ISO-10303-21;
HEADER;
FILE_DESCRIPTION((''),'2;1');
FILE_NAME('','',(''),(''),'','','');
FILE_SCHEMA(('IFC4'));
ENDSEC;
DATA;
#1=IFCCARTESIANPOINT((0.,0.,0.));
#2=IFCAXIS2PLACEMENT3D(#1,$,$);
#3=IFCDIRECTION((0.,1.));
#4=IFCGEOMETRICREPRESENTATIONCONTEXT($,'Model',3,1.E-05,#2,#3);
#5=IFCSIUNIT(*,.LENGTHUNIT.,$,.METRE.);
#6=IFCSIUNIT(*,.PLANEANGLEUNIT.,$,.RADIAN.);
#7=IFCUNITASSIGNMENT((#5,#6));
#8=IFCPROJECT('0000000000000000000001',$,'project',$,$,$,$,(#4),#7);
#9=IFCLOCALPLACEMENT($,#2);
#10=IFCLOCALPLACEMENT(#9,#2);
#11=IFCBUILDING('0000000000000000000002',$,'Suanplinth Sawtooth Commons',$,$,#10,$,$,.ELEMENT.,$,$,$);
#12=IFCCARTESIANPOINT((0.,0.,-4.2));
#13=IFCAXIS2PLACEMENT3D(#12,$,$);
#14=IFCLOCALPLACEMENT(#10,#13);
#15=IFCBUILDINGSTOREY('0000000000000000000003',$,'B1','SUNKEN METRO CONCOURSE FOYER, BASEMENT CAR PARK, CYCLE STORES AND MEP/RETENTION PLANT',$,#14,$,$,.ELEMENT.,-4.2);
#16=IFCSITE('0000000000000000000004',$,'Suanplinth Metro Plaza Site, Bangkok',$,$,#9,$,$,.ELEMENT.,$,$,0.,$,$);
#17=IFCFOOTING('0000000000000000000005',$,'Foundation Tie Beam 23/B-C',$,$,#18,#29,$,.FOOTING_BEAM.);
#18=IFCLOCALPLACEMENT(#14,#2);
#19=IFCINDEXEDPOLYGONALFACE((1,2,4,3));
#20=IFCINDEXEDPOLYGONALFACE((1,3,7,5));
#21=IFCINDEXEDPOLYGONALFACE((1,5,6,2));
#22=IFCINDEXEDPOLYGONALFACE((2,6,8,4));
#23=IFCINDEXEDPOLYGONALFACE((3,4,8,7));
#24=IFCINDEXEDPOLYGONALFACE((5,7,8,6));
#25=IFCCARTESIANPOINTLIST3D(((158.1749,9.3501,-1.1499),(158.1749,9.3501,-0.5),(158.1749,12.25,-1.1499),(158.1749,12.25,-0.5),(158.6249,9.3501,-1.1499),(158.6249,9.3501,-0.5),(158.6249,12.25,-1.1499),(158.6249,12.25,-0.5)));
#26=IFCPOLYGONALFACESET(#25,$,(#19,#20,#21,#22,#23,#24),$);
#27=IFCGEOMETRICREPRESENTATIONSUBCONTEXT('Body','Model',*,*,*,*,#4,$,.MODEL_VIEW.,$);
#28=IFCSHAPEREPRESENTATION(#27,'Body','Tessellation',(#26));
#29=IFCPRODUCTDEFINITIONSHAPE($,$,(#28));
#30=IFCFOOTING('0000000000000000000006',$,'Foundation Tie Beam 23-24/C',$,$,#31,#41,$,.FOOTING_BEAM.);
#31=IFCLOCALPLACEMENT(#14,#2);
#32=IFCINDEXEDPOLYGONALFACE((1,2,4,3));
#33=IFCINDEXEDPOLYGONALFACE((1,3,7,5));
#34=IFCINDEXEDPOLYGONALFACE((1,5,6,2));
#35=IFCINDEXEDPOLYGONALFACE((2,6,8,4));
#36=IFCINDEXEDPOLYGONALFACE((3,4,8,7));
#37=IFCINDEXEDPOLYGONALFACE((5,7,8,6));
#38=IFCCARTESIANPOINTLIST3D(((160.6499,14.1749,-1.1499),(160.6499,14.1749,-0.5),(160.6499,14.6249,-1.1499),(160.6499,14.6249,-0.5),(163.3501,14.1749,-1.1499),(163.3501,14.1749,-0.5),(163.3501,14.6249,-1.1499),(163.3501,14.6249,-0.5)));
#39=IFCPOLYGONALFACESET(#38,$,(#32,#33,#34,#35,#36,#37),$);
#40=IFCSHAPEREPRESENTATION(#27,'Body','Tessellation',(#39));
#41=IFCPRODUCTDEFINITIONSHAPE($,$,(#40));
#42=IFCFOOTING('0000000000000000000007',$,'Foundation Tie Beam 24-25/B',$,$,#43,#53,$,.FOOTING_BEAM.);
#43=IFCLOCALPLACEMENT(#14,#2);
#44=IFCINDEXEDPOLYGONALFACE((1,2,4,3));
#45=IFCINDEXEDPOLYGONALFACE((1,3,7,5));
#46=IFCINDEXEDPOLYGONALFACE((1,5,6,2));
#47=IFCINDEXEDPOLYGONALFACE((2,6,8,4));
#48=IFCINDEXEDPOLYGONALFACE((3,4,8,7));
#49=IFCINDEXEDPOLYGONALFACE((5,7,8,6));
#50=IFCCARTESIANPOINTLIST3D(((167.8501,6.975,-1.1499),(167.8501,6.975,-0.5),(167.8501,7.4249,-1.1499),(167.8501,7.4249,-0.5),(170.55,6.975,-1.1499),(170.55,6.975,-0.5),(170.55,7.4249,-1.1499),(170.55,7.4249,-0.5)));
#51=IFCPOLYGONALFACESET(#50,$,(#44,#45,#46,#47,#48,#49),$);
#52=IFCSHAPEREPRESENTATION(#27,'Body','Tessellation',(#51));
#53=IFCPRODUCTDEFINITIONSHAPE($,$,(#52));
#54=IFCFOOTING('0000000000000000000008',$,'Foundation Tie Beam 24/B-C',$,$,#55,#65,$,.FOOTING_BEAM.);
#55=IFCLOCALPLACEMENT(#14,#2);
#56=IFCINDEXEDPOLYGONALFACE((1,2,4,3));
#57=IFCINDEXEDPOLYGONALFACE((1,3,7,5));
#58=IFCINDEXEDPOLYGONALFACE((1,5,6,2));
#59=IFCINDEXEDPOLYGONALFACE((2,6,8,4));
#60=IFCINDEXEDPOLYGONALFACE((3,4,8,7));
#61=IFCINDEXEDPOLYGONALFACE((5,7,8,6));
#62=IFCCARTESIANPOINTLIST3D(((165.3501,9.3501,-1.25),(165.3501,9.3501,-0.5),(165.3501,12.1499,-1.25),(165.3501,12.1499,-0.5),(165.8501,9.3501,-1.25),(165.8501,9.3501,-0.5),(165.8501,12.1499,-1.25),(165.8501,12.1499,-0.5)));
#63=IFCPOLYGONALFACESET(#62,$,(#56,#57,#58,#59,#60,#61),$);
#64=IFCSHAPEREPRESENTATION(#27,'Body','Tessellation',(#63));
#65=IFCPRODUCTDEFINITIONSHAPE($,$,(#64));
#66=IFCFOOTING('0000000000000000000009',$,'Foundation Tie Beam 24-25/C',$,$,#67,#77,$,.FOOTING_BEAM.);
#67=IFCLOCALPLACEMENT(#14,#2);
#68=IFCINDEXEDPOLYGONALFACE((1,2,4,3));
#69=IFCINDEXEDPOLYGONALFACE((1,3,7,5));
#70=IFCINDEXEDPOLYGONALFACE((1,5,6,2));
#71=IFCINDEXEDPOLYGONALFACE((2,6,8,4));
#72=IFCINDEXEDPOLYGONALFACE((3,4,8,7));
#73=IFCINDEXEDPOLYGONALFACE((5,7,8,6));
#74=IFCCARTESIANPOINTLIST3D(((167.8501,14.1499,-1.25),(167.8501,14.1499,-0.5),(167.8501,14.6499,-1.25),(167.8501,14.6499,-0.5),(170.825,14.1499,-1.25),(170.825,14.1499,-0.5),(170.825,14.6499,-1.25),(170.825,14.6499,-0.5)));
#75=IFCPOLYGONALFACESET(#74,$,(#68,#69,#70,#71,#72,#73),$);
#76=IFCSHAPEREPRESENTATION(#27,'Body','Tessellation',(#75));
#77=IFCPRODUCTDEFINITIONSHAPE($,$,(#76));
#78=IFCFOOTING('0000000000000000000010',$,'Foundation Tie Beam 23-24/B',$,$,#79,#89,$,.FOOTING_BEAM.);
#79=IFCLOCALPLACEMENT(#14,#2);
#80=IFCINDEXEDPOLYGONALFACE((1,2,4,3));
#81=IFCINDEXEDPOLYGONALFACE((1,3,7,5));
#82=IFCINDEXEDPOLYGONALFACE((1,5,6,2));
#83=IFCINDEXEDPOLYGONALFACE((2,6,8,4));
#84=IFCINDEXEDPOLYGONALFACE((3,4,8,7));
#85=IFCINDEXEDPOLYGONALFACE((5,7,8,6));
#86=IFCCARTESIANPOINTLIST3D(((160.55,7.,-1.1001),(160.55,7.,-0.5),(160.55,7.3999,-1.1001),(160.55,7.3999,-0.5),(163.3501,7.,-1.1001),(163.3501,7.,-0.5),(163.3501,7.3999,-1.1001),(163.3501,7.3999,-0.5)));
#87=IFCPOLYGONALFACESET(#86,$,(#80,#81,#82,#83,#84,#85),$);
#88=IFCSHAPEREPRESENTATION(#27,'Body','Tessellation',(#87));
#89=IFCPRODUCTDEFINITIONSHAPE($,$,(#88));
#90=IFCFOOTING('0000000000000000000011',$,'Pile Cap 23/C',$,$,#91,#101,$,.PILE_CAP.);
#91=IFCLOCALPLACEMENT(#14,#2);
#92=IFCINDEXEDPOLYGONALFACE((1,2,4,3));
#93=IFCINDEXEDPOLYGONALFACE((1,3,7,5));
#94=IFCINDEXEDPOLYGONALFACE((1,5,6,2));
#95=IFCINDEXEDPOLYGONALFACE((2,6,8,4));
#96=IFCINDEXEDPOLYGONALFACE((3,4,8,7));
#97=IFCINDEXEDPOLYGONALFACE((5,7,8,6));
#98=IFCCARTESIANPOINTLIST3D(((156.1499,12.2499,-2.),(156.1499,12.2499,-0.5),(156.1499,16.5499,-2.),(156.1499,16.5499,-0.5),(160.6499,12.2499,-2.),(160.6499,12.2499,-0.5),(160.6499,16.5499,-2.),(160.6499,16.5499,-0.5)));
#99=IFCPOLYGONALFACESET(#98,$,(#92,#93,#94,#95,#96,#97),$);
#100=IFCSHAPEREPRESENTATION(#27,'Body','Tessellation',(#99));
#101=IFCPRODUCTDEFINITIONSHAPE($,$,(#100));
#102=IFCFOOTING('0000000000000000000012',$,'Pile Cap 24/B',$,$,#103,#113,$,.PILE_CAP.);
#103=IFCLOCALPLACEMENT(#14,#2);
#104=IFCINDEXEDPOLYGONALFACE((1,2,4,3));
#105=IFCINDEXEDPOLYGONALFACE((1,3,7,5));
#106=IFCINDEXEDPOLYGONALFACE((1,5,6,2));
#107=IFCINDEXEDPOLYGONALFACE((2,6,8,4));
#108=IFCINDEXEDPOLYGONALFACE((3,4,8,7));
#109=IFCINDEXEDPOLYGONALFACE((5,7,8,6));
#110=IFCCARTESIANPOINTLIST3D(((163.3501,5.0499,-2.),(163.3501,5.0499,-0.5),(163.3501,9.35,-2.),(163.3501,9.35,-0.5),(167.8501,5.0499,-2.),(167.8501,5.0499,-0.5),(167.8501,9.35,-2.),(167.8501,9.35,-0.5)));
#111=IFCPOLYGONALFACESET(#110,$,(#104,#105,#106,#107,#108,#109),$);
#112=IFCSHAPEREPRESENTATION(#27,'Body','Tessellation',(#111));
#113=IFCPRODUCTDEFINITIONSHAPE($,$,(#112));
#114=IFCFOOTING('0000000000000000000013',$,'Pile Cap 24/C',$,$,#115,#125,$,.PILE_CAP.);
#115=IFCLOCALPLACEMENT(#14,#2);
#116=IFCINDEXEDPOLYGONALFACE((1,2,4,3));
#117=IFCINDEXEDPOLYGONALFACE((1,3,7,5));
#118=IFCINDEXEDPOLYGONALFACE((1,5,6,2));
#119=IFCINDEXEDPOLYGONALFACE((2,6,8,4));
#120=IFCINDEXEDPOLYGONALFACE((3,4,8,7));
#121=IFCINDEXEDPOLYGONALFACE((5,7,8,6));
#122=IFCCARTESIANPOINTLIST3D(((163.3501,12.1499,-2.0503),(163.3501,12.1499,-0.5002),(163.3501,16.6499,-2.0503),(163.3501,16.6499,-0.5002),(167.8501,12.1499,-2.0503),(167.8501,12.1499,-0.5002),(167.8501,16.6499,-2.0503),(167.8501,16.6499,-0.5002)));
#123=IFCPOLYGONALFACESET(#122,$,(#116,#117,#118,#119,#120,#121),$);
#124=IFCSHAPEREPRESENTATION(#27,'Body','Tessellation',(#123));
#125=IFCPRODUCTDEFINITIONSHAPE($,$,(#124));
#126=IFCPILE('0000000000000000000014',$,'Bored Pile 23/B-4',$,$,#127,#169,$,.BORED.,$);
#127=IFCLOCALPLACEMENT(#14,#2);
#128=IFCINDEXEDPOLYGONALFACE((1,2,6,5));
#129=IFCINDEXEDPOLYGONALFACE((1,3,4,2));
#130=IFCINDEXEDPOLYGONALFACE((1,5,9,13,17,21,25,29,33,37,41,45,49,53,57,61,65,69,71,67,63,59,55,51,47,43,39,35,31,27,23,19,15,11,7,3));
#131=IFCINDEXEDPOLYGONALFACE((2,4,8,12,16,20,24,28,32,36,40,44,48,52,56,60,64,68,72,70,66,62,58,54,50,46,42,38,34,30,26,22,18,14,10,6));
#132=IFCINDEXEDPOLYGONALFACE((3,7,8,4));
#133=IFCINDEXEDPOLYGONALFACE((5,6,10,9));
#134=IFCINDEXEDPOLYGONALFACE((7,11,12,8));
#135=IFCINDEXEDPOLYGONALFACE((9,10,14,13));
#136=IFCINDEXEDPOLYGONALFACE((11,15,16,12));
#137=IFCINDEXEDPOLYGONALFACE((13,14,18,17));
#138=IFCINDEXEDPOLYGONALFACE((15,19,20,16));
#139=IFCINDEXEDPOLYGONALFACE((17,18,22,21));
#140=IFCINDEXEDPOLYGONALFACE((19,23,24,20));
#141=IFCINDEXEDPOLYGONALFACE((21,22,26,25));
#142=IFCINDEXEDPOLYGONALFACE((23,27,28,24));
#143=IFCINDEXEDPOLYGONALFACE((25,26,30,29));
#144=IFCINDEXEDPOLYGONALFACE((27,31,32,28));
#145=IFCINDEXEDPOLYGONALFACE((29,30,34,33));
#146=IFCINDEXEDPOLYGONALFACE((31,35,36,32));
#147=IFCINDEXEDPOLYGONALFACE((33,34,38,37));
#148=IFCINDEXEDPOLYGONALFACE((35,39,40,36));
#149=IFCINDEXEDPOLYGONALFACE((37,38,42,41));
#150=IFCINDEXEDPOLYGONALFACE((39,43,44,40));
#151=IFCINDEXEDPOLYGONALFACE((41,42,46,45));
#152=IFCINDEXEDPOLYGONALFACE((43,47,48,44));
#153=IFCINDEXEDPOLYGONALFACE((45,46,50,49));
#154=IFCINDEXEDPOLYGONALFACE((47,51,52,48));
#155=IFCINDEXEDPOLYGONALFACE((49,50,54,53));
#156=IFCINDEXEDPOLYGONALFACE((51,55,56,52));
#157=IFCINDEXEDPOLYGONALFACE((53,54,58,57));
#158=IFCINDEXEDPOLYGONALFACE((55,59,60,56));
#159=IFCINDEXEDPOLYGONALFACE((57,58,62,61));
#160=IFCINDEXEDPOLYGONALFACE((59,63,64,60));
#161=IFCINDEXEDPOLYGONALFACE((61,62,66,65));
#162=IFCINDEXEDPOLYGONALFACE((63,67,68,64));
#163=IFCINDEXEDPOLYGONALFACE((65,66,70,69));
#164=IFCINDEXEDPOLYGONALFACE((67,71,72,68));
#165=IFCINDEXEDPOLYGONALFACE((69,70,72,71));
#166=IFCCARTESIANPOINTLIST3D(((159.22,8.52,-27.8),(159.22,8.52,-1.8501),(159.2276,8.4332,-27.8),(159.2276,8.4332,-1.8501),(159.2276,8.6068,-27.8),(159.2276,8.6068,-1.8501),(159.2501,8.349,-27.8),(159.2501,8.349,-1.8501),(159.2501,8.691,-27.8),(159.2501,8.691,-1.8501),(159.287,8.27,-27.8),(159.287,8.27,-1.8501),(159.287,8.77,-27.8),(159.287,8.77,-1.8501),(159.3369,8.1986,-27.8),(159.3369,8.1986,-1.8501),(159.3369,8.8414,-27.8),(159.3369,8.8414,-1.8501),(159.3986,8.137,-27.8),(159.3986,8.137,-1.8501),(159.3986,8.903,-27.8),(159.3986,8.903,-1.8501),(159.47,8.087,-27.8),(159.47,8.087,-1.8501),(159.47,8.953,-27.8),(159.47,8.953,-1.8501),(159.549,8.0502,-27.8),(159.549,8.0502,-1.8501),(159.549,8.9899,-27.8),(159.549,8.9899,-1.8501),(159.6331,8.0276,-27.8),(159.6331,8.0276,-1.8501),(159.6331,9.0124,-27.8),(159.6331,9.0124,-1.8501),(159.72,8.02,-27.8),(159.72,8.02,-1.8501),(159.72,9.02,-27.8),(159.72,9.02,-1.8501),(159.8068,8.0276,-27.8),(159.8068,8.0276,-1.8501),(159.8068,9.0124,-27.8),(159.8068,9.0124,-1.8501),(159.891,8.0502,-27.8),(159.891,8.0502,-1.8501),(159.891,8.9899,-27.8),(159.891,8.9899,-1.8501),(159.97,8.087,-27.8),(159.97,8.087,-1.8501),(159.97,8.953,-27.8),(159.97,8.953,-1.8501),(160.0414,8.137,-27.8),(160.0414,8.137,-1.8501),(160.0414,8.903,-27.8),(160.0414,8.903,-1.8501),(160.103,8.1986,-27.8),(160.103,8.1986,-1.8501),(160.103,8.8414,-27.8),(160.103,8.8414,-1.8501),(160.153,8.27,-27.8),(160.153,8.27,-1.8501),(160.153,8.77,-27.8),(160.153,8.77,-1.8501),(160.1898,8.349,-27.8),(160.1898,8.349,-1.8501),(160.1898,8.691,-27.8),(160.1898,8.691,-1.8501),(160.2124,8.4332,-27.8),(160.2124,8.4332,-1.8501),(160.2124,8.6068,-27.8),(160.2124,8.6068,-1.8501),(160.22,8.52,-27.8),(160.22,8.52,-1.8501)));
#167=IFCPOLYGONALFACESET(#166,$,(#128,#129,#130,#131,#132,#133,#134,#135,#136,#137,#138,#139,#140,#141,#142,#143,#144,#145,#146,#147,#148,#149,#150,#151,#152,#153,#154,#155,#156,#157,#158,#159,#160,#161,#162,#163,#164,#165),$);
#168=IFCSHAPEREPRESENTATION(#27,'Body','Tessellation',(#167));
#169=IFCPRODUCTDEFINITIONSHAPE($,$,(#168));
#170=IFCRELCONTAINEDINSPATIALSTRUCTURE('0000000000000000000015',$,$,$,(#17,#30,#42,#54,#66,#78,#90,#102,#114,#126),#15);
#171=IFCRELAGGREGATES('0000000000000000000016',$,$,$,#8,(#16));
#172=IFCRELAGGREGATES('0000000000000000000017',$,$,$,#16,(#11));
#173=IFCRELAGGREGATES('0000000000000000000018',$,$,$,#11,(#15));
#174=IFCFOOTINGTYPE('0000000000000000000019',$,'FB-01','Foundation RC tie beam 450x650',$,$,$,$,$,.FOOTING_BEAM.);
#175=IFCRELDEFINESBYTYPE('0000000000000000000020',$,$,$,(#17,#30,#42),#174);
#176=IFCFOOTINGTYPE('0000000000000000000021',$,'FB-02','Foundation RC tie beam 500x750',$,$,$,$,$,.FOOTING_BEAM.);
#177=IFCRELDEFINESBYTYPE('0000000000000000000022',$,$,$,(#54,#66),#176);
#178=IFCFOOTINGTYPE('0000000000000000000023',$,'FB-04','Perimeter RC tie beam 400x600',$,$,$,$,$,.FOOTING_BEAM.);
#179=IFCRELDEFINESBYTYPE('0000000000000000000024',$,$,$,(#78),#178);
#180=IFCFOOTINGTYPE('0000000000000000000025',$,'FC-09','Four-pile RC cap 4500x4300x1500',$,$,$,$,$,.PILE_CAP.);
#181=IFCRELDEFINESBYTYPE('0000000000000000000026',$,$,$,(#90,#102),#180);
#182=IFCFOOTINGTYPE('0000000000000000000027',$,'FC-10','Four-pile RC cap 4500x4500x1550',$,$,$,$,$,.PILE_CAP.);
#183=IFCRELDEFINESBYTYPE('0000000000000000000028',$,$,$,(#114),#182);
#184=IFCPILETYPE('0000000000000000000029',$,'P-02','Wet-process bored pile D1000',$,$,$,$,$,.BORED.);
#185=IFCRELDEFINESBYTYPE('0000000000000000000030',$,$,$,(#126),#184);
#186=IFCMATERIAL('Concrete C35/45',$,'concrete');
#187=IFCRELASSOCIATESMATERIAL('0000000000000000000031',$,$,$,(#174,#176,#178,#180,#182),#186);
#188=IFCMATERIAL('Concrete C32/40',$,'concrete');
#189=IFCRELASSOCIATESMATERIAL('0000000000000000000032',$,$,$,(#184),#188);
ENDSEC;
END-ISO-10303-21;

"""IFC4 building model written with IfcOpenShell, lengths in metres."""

from ifc_helpers import new_model, si_unit, direction, frame, origin, origin_2d, place, context, subcontext, project, spatial, rectangle, circle, extrude, material, material_profile, profile_set, type_object, element, save


model = new_model("IFC4")

# Units and contexts
model_context = context("Model", 3, precision=1e-05, world=origin(), true_north=direction((0.0, 1.0)))
body_context = subcontext(model_context, "Body", "Model", "MODEL_VIEW")
ifc_project = project(units=[si_unit("LENGTHUNIT", "METRE"), si_unit("PLANEANGLEUNIT", "RADIAN")], contexts=[model_context])

# Site, building, storey
site_placement = place(None, origin())
site = spatial("IfcSite", under=ifc_project, at=site_placement, Name="Suanplinth Metro Plaza Site, Bangkok", CompositionType="ELEMENT", RefElevation=0.0)
building_placement = place(site_placement, origin())
building = spatial("IfcBuilding", under=site, at=building_placement, Name="Suanplinth Sawtooth Commons", CompositionType="ELEMENT")
storey_placement = place(building_placement, frame((0.0, 0.0, -4.2)))
storey = spatial("IfcBuildingStorey", under=building, at=storey_placement, Name="B1", Description="SUNKEN METRO CONCOURSE FOYER, BASEMENT CAR PARK, CYCLE STORES AND MEP/RETENTION PLANT", CompositionType="ELEMENT", Elevation=-4.2)

# Footings
ifc_material_1 = material(Name="Concrete C35/45", Category="concrete")
ifc_material_profile_1 = material_profile(ifc_material_1, rectangle(XDim=0.45, YDim=0.6499, at=origin_2d()), Name="PC-GDR 450x650")
ifc_profile_set_1 = profile_set([ifc_material_profile_1], Name="Concrete C35/45")
footing_type_1 = type_object("IfcFootingType", Name="FB-01", Description="Foundation RC tie beam 450x650", PredefinedType="FOOTING_BEAM", material=ifc_profile_set_1)
footing_1_placement = place(storey_placement, frame((158.3999, 9.3501, -0.825), z_axis=(0.0, 1.0, 0.0), x_axis=(-1.0, 0.0, 0.0)))
element("IfcFooting", 1, at=footing_1_placement, inside=storey, type_object=footing_type_1, Name="Foundation Tie Beam 23/B-C", PredefinedType="FOOTING_BEAM", context=body_context, shape_type="SweptSolid", body=[
    extrude(rectangle(XDim=0.45, YDim=0.6499, at=origin_2d()), origin(), (0.0, 0.0, 1.0), 2.8999),
])
footing_2_placement = place(storey_placement, frame((160.6499, 14.3999, -0.825), z_axis=(1.0, 0.0, 0.0), x_axis=(0.0, 1.0, 0.0)))
element("IfcFooting", 2, at=footing_2_placement, inside=storey, type_object=footing_type_1, Name="Foundation Tie Beam 23-24/C", PredefinedType="FOOTING_BEAM", context=body_context, shape_type="SweptSolid", body=[
    extrude(rectangle(XDim=0.45, YDim=0.6499, at=origin_2d()), origin(), (0.0, 0.0, 1.0), 2.7002),
])
footing_3_placement = place(storey_placement, frame((167.8501, 7.2, -0.825), z_axis=(1.0, 0.0, 0.0), x_axis=(0.0, 1.0, 0.0)))
element("IfcFooting", 3, at=footing_3_placement, inside=storey, type_object=footing_type_1, Name="Foundation Tie Beam 24-25/B", PredefinedType="FOOTING_BEAM", context=body_context, shape_type="SweptSolid", body=[
    extrude(rectangle(XDim=0.45, YDim=0.6499, at=origin_2d()), origin(), (0.0, 0.0, 1.0), 2.7),
])
ifc_material_profile_2 = material_profile(ifc_material_1, rectangle(XDim=0.5, YDim=0.75, at=origin_2d()), Name="RC-GDR 500x750")
ifc_profile_set_2 = profile_set([ifc_material_profile_2], Name="Concrete C35/45")
footing_type_2 = type_object("IfcFootingType", Name="FB-02", Description="Foundation RC tie beam 500x750", PredefinedType="FOOTING_BEAM", material=ifc_profile_set_2)
footing_4_placement = place(storey_placement, frame((165.6001, 9.3501, -0.875), z_axis=(0.0, 1.0, 0.0), x_axis=(-1.0, 0.0, 0.0)))
element("IfcFooting", 4, at=footing_4_placement, inside=storey, type_object=footing_type_2, Name="Foundation Tie Beam 24/B-C", PredefinedType="FOOTING_BEAM", context=body_context, shape_type="SweptSolid", body=[
    extrude(rectangle(XDim=0.5, YDim=0.75, at=origin_2d()), origin(), (0.0, 0.0, 1.0), 2.7998),
])
footing_5_placement = place(storey_placement, frame((167.8501, 14.3999, -0.875), z_axis=(1.0, 0.0, 0.0), x_axis=(0.0, 1.0, 0.0)))
element("IfcFooting", 5, at=footing_5_placement, inside=storey, type_object=footing_type_2, Name="Foundation Tie Beam 24-25/C", PredefinedType="FOOTING_BEAM", context=body_context, shape_type="SweptSolid", body=[
    extrude(rectangle(XDim=0.5, YDim=0.75, at=origin_2d()), origin(), (0.0, 0.0, 1.0), 2.9749),
])
ifc_material_profile_3 = material_profile(ifc_material_1, rectangle(XDim=0.3999, YDim=0.6001, at=origin_2d()), Name="PC-GDR 400x600")
ifc_profile_set_3 = profile_set([ifc_material_profile_3], Name="Concrete C35/45")
footing_type_3 = type_object("IfcFootingType", Name="FB-04", Description="Perimeter RC tie beam 400x600", PredefinedType="FOOTING_BEAM", material=ifc_profile_set_3)
footing_6_placement = place(storey_placement, frame((160.55, 7.2, -0.8), z_axis=(1.0, 0.0, 0.0), x_axis=(0.0, 1.0, 0.0)))
element("IfcFooting", 6, at=footing_6_placement, inside=storey, type_object=footing_type_3, Name="Foundation Tie Beam 23-24/B", PredefinedType="FOOTING_BEAM", context=body_context, shape_type="SweptSolid", body=[
    extrude(rectangle(XDim=0.3999, YDim=0.6001, at=origin_2d()), origin(), (0.0, 0.0, 1.0), 2.8),
])
footing_type_4 = type_object("IfcFootingType", Name="FC-09", Description="Four-pile RC cap 4500x4300x1500", PredefinedType="PILE_CAP", material=ifc_material_1)
for number, where, z_axis, x_axis, name in (
    (7, (158.3999, 14.3999, -2.0), (0.0, 0.0, 1.0), (1.0, 0.0, 0.0), "Pile Cap 23/C"),
    (8, (165.6001, 7.2, -2.0), (0.0, 0.0, 1.0), (1.0, 0.0, 0.0), "Pile Cap 24/B"),
):
    element("IfcFooting", number, at=place(storey_placement, frame(where, z_axis=z_axis, x_axis=x_axis)), inside=storey, type_object=footing_type_4, Name=name, PredefinedType="PILE_CAP", context=body_context, shape_type="SweptSolid", body=[
        extrude(rectangle(XDim=4.5, YDim=4.3, at=origin_2d()), origin(), (0.0, 0.0, 1.0), 1.5),
    ])
footing_type_5 = type_object("IfcFootingType", Name="FC-10", Description="Four-pile RC cap 4500x4500x1550", PredefinedType="PILE_CAP", material=ifc_material_1)
footing_7_placement = place(storey_placement, frame((165.6001, 14.3999, -2.0503), z_axis=(0.0, 0.0, 1.0), x_axis=(1.0, 0.0, 0.0)))
element("IfcFooting", 9, at=footing_7_placement, inside=storey, type_object=footing_type_5, Name="Pile Cap 24/C", PredefinedType="PILE_CAP", context=body_context, shape_type="SweptSolid", body=[
    extrude(rectangle(XDim=4.5, YDim=4.5, at=origin_2d()), origin(), (0.0, 0.0, 1.0), 1.55),
])

# Pile
ifc_material_2 = material(Name="Concrete C32/40", Category="concrete")
ifc_material_profile_4 = material_profile(ifc_material_2, circle(Radius=0.5, at=origin_2d()), Name="PILE D1000")
ifc_profile_set_4 = profile_set([ifc_material_profile_4], Name="Concrete C32/40")
pile_type = type_object("IfcPileType", Name="P-02", Description="Wet-process bored pile D1000", PredefinedType="BORED", material=ifc_profile_set_4)
pile_placement = place(storey_placement, frame((159.72, 8.52, -1.8501), z_axis=(0.0, 0.0, -1.0), x_axis=(1.0, 0.0, 0.0)))
element("IfcPile", 10, at=pile_placement, inside=storey, type_object=pile_type, Name="Bored Pile 23/B-4", PredefinedType="BORED", context=body_context, shape_type="SweptSolid", body=[
    extrude(circle(Radius=0.5, at=origin_2d()), origin(), (0.0, 0.0, 1.0), 25.95),
])

save(model, "model.ifc")
